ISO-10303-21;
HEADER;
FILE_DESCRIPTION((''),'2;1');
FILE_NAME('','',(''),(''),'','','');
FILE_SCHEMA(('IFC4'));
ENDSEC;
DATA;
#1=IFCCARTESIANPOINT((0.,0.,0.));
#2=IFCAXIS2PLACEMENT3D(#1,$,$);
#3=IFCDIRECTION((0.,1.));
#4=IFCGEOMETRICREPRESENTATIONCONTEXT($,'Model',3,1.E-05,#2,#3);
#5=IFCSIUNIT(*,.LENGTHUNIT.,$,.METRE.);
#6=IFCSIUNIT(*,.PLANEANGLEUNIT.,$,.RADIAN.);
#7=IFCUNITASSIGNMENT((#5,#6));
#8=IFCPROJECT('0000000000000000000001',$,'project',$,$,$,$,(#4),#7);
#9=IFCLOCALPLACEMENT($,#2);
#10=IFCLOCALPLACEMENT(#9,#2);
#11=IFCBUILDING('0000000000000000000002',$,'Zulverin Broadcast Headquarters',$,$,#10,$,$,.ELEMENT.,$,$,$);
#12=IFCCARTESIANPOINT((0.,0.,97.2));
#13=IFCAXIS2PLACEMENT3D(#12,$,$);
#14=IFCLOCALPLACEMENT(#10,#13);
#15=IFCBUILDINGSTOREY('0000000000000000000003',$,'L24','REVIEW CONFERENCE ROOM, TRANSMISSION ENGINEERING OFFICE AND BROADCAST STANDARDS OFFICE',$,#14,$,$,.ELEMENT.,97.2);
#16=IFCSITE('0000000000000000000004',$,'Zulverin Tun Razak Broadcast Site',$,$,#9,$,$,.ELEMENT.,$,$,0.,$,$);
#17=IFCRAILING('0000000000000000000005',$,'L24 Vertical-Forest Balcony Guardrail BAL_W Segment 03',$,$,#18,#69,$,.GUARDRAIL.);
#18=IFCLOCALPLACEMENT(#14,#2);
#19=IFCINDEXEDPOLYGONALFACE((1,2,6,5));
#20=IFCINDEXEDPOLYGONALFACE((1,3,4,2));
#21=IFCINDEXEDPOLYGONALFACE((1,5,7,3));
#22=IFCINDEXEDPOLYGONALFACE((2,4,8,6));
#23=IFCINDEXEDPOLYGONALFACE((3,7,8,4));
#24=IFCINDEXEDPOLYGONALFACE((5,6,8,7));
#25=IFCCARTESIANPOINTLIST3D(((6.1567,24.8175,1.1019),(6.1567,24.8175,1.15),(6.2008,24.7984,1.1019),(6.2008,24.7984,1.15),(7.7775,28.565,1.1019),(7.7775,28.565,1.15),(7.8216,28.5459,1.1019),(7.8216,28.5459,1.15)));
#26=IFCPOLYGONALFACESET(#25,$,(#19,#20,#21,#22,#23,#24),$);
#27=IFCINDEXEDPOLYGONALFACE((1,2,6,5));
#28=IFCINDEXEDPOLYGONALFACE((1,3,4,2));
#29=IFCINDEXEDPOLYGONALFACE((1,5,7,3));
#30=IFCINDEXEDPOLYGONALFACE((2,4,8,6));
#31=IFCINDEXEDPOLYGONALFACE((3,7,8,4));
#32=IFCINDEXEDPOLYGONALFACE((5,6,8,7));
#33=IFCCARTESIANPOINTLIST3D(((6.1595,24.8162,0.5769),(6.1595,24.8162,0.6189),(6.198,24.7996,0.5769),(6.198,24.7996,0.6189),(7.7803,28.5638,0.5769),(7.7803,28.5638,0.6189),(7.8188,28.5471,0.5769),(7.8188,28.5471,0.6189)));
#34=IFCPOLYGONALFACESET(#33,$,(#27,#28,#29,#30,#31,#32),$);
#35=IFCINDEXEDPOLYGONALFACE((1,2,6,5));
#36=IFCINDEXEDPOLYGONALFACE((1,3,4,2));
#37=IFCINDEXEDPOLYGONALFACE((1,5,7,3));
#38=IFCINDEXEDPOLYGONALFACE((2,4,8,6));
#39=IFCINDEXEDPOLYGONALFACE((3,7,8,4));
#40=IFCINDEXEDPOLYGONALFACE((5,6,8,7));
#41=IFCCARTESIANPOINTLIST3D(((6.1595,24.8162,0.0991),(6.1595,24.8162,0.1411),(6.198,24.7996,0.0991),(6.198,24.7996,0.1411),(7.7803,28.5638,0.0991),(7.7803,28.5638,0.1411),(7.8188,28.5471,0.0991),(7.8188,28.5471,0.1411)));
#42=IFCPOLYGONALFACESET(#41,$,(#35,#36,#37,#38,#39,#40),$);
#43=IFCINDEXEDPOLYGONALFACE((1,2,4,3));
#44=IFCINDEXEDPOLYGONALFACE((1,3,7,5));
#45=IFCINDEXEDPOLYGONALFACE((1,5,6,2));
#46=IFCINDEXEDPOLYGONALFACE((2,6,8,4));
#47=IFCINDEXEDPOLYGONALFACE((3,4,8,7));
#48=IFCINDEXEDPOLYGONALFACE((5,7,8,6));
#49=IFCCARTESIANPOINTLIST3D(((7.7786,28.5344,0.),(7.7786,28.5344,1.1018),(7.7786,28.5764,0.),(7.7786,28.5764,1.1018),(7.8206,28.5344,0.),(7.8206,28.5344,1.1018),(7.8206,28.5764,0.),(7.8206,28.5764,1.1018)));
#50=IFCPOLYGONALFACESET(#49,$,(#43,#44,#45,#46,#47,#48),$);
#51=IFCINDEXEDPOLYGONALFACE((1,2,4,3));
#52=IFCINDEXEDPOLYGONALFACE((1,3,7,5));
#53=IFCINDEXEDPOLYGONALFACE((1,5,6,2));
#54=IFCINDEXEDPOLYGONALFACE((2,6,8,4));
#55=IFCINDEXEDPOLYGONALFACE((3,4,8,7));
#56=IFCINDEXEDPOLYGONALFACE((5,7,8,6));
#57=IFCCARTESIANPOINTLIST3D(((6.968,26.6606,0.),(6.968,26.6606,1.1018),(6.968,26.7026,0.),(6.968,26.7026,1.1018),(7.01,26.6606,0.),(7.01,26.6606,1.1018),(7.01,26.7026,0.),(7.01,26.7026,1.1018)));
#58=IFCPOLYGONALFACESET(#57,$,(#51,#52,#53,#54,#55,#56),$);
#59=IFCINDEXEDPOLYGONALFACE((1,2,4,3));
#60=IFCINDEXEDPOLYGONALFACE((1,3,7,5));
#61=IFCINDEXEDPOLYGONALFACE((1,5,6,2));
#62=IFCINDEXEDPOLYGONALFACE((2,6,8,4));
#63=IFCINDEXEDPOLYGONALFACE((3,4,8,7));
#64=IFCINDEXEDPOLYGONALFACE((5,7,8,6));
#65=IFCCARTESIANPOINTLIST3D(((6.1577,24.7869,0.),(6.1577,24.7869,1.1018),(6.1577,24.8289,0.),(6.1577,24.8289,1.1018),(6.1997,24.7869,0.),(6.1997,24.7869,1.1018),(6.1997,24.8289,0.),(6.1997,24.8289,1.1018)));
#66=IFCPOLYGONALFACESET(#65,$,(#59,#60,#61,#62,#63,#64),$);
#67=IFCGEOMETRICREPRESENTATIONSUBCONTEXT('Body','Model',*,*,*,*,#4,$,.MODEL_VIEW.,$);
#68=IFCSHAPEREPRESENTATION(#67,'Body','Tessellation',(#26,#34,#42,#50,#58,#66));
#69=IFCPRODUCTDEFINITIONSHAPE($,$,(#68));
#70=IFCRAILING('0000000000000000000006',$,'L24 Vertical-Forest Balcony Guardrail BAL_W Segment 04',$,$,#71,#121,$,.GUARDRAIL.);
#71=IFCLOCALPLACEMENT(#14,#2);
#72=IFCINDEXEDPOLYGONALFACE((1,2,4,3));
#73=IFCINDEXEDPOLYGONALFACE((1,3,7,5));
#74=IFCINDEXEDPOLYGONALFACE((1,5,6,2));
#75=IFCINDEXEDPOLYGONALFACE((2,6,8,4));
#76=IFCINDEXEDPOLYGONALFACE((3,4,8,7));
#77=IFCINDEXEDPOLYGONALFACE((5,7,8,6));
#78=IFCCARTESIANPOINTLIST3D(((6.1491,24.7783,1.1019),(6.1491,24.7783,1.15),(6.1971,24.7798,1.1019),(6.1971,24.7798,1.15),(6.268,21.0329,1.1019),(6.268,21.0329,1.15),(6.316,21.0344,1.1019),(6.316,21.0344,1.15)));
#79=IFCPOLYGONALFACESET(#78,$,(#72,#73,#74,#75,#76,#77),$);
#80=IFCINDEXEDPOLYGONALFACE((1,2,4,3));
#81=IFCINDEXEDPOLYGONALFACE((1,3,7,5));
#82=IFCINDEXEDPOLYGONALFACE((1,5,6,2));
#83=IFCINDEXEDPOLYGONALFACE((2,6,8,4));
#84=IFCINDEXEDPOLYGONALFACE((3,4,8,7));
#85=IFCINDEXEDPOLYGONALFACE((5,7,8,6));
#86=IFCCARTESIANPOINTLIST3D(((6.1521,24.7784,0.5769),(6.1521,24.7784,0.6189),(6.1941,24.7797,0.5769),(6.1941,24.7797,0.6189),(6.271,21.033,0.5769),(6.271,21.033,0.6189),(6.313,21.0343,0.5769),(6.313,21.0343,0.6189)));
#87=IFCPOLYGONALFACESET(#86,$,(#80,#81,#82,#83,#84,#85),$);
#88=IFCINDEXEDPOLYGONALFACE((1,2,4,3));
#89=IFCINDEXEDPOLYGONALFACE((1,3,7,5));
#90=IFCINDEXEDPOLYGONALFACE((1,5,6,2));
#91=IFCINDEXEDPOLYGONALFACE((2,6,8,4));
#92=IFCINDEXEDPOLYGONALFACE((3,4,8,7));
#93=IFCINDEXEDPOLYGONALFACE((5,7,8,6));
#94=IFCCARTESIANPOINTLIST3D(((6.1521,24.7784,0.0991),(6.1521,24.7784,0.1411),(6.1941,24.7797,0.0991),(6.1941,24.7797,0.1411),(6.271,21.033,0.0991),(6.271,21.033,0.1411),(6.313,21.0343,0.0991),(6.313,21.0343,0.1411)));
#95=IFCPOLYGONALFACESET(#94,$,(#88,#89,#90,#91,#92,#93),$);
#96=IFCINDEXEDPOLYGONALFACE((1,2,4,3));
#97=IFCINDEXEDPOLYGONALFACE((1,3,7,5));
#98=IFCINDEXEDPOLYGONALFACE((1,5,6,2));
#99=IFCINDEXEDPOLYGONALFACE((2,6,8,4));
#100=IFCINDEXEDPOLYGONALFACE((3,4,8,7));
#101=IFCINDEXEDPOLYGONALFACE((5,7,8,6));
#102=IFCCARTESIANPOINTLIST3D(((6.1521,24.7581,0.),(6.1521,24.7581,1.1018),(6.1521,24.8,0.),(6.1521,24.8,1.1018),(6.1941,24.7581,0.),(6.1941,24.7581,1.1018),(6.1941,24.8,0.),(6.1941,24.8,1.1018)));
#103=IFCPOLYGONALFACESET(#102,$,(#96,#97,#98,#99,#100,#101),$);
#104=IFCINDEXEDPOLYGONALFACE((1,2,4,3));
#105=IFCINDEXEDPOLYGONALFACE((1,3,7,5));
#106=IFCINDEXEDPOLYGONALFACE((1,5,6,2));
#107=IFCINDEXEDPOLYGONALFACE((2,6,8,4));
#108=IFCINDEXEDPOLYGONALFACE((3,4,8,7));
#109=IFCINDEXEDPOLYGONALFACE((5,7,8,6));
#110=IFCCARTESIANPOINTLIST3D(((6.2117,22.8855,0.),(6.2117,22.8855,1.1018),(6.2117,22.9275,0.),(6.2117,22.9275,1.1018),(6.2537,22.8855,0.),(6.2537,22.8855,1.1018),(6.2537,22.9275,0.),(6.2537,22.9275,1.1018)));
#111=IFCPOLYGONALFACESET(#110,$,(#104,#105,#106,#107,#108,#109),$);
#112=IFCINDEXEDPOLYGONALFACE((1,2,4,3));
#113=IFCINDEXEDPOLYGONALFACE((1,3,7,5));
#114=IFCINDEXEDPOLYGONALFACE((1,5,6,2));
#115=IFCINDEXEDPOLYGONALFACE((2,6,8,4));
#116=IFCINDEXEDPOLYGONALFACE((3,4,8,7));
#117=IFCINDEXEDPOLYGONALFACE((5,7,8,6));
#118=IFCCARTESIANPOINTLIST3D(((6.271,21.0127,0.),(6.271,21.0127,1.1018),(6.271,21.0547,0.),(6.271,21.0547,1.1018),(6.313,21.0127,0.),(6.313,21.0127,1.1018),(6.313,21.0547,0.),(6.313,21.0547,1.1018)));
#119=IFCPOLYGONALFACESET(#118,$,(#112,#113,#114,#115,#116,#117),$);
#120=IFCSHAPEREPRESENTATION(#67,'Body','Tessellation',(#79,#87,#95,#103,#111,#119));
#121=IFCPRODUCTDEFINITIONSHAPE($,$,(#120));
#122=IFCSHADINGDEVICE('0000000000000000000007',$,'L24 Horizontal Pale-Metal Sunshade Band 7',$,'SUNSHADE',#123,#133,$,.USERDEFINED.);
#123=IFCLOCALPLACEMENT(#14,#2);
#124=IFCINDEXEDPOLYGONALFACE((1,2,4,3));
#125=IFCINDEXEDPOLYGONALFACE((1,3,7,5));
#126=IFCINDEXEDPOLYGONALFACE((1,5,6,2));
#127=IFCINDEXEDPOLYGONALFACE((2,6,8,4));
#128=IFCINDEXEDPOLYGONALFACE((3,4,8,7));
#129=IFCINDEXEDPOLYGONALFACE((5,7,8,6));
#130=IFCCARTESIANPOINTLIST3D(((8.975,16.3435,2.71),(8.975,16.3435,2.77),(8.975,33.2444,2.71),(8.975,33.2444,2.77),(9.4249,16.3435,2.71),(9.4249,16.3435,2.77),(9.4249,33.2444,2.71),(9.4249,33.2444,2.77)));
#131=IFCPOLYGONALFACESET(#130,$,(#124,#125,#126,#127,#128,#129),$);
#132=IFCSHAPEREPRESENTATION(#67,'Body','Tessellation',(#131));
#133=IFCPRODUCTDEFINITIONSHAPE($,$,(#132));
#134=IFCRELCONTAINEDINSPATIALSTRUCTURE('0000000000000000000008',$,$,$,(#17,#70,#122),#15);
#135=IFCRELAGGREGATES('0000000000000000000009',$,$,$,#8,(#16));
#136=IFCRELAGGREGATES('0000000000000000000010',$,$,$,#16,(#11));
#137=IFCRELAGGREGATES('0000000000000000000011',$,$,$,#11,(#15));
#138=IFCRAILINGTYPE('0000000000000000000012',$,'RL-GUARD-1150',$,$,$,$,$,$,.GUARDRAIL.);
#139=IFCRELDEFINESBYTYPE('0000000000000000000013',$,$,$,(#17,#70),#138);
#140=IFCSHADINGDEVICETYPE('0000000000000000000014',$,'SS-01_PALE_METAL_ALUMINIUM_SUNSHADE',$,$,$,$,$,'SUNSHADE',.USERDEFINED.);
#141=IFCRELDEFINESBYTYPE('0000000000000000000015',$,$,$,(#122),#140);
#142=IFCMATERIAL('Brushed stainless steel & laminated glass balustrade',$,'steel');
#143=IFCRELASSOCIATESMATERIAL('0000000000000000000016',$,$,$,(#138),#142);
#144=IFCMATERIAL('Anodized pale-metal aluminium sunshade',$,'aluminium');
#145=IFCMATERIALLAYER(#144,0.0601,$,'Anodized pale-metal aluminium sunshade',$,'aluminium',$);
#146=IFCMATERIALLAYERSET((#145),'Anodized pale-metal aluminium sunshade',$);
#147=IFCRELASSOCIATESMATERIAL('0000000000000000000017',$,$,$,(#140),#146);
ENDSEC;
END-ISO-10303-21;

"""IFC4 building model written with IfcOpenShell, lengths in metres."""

from ifc_helpers import new_model, si_unit, direction, frame, origin, origin_2d, place, context, subcontext, project, spatial, rectangle, extrude, material, layer, layer_set, type_object, element, save


model = new_model("IFC4")

# Units and contexts
model_context = context("Model", 3, precision=1e-05, world=origin(), true_north=direction((0.0, 1.0)))
body_context = subcontext(model_context, "Body", "Model", "MODEL_VIEW")
ifc_project = project(units=[si_unit("LENGTHUNIT", "METRE"), si_unit("PLANEANGLEUNIT", "RADIAN")], contexts=[model_context])

# Site, building, storey
site_placement = place(None, origin())
site = spatial("IfcSite", under=ifc_project, at=site_placement, Name="Zulverin Tun Razak Broadcast Site", CompositionType="ELEMENT", RefElevation=0.0)
building_placement = place(site_placement, origin())
building = spatial("IfcBuilding", under=site, at=building_placement, Name="Zulverin Broadcast Headquarters", CompositionType="ELEMENT")
storey_placement = place(building_placement, frame((0.0, 0.0, 97.2)))
storey = spatial("IfcBuildingStorey", under=building, at=storey_placement, Name="L24", Description="REVIEW CONFERENCE ROOM, TRANSMISSION ENGINEERING OFFICE AND BROADCAST STANDARDS OFFICE", CompositionType="ELEMENT", Elevation=97.2)

# Railings
ifc_material_1 = material(Name="Brushed stainless steel & laminated glass balustrade", Category="steel")
railing_type = type_object("IfcRailingType", Name="RL-GUARD-1150", PredefinedType="GUARDRAIL", material=ifc_material_1)
railing_1_placement = place(storey_placement, frame((7.7996, 28.5554, 0.0)))
element("IfcRailing", 1, at=railing_1_placement, inside=storey, type_object=railing_type, Name="L24 Vertical-Forest Balcony Guardrail BAL_W Segment 03", PredefinedType="GUARDRAIL", context=body_context, shape_type="SweptSolid", body=[
    extrude(rectangle(XDim=0.0481, YDim=0.0481, at=origin_2d()), frame((0.0, 0.0, 1.126), z_axis=(-0.39697, -0.917832, 0.0), x_axis=(0.917832, -0.39697, 0.0)), (0.0, 0.0, 1.0), 4.083),
    extrude(rectangle(XDim=0.042, YDim=0.042, at=origin_2d()), frame((0.0, 0.0, 0.5979), z_axis=(-0.39697, -0.917832, 0.0), x_axis=(0.917832, -0.39697, 0.0)), (0.0, 0.0, 1.0), 4.083),
    extrude(rectangle(XDim=0.042, YDim=0.042, at=origin_2d()), frame((0.0, 0.0, 0.1201), z_axis=(-0.39697, -0.917832, 0.0), x_axis=(0.917832, -0.39697, 0.0)), (0.0, 0.0, 1.0), 4.083),
    extrude(rectangle(XDim=0.042, YDim=0.042, at=origin_2d()), origin(), (0.0, 0.0, 1.0), 1.1018),
    extrude(rectangle(XDim=0.042, YDim=0.042, at=origin_2d()), frame((-0.8105, -1.8738, 0.0)), (0.0, 0.0, 1.0), 1.1018),
    extrude(rectangle(XDim=0.042, YDim=0.042, at=origin_2d()), frame((-1.6208, -3.7476, 0.0)), (0.0, 0.0, 1.0), 1.1018),
])
railing_2_placement = place(storey_placement, frame((6.1731, 24.7791, 0.0)))
element("IfcRailing", 2, at=railing_2_placement, inside=storey, type_object=railing_type, Name="L24 Vertical-Forest Balcony Guardrail BAL_W Segment 04", PredefinedType="GUARDRAIL", context=body_context, shape_type="SweptSolid", body=[
    extrude(rectangle(XDim=0.0481, YDim=0.0481, at=origin_2d()), frame((0.0, 0.0, 1.126), z_axis=(0.031729, -0.999497, 0.0), x_axis=(0.999497, 0.031729, 0.0)), (0.0, 0.0, 1.0), 3.7473),
    extrude(rectangle(XDim=0.042, YDim=0.042, at=origin_2d()), frame((0.0, 0.0, 0.5979), z_axis=(0.031729, -0.999497, 0.0), x_axis=(0.999497, 0.031729, 0.0)), (0.0, 0.0, 1.0), 3.7473),
    extrude(rectangle(XDim=0.042, YDim=0.042, at=origin_2d()), frame((0.0, 0.0, 0.1201), z_axis=(0.031729, -0.999497, 0.0), x_axis=(0.999497, 0.031729, 0.0)), (0.0, 0.0, 1.0), 3.7473),
    extrude(rectangle(XDim=0.042, YDim=0.042, at=origin_2d()), origin(), (0.0, 0.0, 1.0), 1.1018),
    extrude(rectangle(XDim=0.042, YDim=0.042, at=origin_2d()), frame((0.0596, -1.8726, 0.0)), (0.0, 0.0, 1.0), 1.1018),
    extrude(rectangle(XDim=0.042, YDim=0.042, at=origin_2d()), frame((0.1189, -3.7454, 0.0)), (0.0, 0.0, 1.0), 1.1018),
])

# Shading device
ifc_material_2 = material(Name="Anodized pale-metal aluminium sunshade", Category="aluminium")
ifc_layer_1 = layer(ifc_material_2, 0.0601, Name="Anodized pale-metal aluminium sunshade", Category="aluminium")
ifc_layer_set_1 = layer_set([ifc_layer_1], Name="Anodized pale-metal aluminium sunshade")
shading_device_type = type_object("IfcShadingDeviceType", Name="SS-01_PALE_METAL_ALUMINIUM_SUNSHADE", ElementType="SUNSHADE", PredefinedType="USERDEFINED", material=ifc_layer_set_1)
shading_device_placement = place(storey_placement, frame((9.2, 24.7939, 2.71), z_axis=(0.0, 0.0, 1.0), x_axis=(0.0, -1.0, 0.0)))
element("IfcShadingDevice", 3, at=shading_device_placement, inside=storey, type_object=shading_device_type, Name="L24 Horizontal Pale-Metal Sunshade Band 7", ObjectType="SUNSHADE", PredefinedType="USERDEFINED", context=body_context, shape_type="SweptSolid", body=[
    extrude(rectangle(XDim=16.9009, YDim=0.45, at=origin_2d()), origin(), (0.0, 0.0, 1.0), 0.0601),
])

save(model, "model.ifc")
